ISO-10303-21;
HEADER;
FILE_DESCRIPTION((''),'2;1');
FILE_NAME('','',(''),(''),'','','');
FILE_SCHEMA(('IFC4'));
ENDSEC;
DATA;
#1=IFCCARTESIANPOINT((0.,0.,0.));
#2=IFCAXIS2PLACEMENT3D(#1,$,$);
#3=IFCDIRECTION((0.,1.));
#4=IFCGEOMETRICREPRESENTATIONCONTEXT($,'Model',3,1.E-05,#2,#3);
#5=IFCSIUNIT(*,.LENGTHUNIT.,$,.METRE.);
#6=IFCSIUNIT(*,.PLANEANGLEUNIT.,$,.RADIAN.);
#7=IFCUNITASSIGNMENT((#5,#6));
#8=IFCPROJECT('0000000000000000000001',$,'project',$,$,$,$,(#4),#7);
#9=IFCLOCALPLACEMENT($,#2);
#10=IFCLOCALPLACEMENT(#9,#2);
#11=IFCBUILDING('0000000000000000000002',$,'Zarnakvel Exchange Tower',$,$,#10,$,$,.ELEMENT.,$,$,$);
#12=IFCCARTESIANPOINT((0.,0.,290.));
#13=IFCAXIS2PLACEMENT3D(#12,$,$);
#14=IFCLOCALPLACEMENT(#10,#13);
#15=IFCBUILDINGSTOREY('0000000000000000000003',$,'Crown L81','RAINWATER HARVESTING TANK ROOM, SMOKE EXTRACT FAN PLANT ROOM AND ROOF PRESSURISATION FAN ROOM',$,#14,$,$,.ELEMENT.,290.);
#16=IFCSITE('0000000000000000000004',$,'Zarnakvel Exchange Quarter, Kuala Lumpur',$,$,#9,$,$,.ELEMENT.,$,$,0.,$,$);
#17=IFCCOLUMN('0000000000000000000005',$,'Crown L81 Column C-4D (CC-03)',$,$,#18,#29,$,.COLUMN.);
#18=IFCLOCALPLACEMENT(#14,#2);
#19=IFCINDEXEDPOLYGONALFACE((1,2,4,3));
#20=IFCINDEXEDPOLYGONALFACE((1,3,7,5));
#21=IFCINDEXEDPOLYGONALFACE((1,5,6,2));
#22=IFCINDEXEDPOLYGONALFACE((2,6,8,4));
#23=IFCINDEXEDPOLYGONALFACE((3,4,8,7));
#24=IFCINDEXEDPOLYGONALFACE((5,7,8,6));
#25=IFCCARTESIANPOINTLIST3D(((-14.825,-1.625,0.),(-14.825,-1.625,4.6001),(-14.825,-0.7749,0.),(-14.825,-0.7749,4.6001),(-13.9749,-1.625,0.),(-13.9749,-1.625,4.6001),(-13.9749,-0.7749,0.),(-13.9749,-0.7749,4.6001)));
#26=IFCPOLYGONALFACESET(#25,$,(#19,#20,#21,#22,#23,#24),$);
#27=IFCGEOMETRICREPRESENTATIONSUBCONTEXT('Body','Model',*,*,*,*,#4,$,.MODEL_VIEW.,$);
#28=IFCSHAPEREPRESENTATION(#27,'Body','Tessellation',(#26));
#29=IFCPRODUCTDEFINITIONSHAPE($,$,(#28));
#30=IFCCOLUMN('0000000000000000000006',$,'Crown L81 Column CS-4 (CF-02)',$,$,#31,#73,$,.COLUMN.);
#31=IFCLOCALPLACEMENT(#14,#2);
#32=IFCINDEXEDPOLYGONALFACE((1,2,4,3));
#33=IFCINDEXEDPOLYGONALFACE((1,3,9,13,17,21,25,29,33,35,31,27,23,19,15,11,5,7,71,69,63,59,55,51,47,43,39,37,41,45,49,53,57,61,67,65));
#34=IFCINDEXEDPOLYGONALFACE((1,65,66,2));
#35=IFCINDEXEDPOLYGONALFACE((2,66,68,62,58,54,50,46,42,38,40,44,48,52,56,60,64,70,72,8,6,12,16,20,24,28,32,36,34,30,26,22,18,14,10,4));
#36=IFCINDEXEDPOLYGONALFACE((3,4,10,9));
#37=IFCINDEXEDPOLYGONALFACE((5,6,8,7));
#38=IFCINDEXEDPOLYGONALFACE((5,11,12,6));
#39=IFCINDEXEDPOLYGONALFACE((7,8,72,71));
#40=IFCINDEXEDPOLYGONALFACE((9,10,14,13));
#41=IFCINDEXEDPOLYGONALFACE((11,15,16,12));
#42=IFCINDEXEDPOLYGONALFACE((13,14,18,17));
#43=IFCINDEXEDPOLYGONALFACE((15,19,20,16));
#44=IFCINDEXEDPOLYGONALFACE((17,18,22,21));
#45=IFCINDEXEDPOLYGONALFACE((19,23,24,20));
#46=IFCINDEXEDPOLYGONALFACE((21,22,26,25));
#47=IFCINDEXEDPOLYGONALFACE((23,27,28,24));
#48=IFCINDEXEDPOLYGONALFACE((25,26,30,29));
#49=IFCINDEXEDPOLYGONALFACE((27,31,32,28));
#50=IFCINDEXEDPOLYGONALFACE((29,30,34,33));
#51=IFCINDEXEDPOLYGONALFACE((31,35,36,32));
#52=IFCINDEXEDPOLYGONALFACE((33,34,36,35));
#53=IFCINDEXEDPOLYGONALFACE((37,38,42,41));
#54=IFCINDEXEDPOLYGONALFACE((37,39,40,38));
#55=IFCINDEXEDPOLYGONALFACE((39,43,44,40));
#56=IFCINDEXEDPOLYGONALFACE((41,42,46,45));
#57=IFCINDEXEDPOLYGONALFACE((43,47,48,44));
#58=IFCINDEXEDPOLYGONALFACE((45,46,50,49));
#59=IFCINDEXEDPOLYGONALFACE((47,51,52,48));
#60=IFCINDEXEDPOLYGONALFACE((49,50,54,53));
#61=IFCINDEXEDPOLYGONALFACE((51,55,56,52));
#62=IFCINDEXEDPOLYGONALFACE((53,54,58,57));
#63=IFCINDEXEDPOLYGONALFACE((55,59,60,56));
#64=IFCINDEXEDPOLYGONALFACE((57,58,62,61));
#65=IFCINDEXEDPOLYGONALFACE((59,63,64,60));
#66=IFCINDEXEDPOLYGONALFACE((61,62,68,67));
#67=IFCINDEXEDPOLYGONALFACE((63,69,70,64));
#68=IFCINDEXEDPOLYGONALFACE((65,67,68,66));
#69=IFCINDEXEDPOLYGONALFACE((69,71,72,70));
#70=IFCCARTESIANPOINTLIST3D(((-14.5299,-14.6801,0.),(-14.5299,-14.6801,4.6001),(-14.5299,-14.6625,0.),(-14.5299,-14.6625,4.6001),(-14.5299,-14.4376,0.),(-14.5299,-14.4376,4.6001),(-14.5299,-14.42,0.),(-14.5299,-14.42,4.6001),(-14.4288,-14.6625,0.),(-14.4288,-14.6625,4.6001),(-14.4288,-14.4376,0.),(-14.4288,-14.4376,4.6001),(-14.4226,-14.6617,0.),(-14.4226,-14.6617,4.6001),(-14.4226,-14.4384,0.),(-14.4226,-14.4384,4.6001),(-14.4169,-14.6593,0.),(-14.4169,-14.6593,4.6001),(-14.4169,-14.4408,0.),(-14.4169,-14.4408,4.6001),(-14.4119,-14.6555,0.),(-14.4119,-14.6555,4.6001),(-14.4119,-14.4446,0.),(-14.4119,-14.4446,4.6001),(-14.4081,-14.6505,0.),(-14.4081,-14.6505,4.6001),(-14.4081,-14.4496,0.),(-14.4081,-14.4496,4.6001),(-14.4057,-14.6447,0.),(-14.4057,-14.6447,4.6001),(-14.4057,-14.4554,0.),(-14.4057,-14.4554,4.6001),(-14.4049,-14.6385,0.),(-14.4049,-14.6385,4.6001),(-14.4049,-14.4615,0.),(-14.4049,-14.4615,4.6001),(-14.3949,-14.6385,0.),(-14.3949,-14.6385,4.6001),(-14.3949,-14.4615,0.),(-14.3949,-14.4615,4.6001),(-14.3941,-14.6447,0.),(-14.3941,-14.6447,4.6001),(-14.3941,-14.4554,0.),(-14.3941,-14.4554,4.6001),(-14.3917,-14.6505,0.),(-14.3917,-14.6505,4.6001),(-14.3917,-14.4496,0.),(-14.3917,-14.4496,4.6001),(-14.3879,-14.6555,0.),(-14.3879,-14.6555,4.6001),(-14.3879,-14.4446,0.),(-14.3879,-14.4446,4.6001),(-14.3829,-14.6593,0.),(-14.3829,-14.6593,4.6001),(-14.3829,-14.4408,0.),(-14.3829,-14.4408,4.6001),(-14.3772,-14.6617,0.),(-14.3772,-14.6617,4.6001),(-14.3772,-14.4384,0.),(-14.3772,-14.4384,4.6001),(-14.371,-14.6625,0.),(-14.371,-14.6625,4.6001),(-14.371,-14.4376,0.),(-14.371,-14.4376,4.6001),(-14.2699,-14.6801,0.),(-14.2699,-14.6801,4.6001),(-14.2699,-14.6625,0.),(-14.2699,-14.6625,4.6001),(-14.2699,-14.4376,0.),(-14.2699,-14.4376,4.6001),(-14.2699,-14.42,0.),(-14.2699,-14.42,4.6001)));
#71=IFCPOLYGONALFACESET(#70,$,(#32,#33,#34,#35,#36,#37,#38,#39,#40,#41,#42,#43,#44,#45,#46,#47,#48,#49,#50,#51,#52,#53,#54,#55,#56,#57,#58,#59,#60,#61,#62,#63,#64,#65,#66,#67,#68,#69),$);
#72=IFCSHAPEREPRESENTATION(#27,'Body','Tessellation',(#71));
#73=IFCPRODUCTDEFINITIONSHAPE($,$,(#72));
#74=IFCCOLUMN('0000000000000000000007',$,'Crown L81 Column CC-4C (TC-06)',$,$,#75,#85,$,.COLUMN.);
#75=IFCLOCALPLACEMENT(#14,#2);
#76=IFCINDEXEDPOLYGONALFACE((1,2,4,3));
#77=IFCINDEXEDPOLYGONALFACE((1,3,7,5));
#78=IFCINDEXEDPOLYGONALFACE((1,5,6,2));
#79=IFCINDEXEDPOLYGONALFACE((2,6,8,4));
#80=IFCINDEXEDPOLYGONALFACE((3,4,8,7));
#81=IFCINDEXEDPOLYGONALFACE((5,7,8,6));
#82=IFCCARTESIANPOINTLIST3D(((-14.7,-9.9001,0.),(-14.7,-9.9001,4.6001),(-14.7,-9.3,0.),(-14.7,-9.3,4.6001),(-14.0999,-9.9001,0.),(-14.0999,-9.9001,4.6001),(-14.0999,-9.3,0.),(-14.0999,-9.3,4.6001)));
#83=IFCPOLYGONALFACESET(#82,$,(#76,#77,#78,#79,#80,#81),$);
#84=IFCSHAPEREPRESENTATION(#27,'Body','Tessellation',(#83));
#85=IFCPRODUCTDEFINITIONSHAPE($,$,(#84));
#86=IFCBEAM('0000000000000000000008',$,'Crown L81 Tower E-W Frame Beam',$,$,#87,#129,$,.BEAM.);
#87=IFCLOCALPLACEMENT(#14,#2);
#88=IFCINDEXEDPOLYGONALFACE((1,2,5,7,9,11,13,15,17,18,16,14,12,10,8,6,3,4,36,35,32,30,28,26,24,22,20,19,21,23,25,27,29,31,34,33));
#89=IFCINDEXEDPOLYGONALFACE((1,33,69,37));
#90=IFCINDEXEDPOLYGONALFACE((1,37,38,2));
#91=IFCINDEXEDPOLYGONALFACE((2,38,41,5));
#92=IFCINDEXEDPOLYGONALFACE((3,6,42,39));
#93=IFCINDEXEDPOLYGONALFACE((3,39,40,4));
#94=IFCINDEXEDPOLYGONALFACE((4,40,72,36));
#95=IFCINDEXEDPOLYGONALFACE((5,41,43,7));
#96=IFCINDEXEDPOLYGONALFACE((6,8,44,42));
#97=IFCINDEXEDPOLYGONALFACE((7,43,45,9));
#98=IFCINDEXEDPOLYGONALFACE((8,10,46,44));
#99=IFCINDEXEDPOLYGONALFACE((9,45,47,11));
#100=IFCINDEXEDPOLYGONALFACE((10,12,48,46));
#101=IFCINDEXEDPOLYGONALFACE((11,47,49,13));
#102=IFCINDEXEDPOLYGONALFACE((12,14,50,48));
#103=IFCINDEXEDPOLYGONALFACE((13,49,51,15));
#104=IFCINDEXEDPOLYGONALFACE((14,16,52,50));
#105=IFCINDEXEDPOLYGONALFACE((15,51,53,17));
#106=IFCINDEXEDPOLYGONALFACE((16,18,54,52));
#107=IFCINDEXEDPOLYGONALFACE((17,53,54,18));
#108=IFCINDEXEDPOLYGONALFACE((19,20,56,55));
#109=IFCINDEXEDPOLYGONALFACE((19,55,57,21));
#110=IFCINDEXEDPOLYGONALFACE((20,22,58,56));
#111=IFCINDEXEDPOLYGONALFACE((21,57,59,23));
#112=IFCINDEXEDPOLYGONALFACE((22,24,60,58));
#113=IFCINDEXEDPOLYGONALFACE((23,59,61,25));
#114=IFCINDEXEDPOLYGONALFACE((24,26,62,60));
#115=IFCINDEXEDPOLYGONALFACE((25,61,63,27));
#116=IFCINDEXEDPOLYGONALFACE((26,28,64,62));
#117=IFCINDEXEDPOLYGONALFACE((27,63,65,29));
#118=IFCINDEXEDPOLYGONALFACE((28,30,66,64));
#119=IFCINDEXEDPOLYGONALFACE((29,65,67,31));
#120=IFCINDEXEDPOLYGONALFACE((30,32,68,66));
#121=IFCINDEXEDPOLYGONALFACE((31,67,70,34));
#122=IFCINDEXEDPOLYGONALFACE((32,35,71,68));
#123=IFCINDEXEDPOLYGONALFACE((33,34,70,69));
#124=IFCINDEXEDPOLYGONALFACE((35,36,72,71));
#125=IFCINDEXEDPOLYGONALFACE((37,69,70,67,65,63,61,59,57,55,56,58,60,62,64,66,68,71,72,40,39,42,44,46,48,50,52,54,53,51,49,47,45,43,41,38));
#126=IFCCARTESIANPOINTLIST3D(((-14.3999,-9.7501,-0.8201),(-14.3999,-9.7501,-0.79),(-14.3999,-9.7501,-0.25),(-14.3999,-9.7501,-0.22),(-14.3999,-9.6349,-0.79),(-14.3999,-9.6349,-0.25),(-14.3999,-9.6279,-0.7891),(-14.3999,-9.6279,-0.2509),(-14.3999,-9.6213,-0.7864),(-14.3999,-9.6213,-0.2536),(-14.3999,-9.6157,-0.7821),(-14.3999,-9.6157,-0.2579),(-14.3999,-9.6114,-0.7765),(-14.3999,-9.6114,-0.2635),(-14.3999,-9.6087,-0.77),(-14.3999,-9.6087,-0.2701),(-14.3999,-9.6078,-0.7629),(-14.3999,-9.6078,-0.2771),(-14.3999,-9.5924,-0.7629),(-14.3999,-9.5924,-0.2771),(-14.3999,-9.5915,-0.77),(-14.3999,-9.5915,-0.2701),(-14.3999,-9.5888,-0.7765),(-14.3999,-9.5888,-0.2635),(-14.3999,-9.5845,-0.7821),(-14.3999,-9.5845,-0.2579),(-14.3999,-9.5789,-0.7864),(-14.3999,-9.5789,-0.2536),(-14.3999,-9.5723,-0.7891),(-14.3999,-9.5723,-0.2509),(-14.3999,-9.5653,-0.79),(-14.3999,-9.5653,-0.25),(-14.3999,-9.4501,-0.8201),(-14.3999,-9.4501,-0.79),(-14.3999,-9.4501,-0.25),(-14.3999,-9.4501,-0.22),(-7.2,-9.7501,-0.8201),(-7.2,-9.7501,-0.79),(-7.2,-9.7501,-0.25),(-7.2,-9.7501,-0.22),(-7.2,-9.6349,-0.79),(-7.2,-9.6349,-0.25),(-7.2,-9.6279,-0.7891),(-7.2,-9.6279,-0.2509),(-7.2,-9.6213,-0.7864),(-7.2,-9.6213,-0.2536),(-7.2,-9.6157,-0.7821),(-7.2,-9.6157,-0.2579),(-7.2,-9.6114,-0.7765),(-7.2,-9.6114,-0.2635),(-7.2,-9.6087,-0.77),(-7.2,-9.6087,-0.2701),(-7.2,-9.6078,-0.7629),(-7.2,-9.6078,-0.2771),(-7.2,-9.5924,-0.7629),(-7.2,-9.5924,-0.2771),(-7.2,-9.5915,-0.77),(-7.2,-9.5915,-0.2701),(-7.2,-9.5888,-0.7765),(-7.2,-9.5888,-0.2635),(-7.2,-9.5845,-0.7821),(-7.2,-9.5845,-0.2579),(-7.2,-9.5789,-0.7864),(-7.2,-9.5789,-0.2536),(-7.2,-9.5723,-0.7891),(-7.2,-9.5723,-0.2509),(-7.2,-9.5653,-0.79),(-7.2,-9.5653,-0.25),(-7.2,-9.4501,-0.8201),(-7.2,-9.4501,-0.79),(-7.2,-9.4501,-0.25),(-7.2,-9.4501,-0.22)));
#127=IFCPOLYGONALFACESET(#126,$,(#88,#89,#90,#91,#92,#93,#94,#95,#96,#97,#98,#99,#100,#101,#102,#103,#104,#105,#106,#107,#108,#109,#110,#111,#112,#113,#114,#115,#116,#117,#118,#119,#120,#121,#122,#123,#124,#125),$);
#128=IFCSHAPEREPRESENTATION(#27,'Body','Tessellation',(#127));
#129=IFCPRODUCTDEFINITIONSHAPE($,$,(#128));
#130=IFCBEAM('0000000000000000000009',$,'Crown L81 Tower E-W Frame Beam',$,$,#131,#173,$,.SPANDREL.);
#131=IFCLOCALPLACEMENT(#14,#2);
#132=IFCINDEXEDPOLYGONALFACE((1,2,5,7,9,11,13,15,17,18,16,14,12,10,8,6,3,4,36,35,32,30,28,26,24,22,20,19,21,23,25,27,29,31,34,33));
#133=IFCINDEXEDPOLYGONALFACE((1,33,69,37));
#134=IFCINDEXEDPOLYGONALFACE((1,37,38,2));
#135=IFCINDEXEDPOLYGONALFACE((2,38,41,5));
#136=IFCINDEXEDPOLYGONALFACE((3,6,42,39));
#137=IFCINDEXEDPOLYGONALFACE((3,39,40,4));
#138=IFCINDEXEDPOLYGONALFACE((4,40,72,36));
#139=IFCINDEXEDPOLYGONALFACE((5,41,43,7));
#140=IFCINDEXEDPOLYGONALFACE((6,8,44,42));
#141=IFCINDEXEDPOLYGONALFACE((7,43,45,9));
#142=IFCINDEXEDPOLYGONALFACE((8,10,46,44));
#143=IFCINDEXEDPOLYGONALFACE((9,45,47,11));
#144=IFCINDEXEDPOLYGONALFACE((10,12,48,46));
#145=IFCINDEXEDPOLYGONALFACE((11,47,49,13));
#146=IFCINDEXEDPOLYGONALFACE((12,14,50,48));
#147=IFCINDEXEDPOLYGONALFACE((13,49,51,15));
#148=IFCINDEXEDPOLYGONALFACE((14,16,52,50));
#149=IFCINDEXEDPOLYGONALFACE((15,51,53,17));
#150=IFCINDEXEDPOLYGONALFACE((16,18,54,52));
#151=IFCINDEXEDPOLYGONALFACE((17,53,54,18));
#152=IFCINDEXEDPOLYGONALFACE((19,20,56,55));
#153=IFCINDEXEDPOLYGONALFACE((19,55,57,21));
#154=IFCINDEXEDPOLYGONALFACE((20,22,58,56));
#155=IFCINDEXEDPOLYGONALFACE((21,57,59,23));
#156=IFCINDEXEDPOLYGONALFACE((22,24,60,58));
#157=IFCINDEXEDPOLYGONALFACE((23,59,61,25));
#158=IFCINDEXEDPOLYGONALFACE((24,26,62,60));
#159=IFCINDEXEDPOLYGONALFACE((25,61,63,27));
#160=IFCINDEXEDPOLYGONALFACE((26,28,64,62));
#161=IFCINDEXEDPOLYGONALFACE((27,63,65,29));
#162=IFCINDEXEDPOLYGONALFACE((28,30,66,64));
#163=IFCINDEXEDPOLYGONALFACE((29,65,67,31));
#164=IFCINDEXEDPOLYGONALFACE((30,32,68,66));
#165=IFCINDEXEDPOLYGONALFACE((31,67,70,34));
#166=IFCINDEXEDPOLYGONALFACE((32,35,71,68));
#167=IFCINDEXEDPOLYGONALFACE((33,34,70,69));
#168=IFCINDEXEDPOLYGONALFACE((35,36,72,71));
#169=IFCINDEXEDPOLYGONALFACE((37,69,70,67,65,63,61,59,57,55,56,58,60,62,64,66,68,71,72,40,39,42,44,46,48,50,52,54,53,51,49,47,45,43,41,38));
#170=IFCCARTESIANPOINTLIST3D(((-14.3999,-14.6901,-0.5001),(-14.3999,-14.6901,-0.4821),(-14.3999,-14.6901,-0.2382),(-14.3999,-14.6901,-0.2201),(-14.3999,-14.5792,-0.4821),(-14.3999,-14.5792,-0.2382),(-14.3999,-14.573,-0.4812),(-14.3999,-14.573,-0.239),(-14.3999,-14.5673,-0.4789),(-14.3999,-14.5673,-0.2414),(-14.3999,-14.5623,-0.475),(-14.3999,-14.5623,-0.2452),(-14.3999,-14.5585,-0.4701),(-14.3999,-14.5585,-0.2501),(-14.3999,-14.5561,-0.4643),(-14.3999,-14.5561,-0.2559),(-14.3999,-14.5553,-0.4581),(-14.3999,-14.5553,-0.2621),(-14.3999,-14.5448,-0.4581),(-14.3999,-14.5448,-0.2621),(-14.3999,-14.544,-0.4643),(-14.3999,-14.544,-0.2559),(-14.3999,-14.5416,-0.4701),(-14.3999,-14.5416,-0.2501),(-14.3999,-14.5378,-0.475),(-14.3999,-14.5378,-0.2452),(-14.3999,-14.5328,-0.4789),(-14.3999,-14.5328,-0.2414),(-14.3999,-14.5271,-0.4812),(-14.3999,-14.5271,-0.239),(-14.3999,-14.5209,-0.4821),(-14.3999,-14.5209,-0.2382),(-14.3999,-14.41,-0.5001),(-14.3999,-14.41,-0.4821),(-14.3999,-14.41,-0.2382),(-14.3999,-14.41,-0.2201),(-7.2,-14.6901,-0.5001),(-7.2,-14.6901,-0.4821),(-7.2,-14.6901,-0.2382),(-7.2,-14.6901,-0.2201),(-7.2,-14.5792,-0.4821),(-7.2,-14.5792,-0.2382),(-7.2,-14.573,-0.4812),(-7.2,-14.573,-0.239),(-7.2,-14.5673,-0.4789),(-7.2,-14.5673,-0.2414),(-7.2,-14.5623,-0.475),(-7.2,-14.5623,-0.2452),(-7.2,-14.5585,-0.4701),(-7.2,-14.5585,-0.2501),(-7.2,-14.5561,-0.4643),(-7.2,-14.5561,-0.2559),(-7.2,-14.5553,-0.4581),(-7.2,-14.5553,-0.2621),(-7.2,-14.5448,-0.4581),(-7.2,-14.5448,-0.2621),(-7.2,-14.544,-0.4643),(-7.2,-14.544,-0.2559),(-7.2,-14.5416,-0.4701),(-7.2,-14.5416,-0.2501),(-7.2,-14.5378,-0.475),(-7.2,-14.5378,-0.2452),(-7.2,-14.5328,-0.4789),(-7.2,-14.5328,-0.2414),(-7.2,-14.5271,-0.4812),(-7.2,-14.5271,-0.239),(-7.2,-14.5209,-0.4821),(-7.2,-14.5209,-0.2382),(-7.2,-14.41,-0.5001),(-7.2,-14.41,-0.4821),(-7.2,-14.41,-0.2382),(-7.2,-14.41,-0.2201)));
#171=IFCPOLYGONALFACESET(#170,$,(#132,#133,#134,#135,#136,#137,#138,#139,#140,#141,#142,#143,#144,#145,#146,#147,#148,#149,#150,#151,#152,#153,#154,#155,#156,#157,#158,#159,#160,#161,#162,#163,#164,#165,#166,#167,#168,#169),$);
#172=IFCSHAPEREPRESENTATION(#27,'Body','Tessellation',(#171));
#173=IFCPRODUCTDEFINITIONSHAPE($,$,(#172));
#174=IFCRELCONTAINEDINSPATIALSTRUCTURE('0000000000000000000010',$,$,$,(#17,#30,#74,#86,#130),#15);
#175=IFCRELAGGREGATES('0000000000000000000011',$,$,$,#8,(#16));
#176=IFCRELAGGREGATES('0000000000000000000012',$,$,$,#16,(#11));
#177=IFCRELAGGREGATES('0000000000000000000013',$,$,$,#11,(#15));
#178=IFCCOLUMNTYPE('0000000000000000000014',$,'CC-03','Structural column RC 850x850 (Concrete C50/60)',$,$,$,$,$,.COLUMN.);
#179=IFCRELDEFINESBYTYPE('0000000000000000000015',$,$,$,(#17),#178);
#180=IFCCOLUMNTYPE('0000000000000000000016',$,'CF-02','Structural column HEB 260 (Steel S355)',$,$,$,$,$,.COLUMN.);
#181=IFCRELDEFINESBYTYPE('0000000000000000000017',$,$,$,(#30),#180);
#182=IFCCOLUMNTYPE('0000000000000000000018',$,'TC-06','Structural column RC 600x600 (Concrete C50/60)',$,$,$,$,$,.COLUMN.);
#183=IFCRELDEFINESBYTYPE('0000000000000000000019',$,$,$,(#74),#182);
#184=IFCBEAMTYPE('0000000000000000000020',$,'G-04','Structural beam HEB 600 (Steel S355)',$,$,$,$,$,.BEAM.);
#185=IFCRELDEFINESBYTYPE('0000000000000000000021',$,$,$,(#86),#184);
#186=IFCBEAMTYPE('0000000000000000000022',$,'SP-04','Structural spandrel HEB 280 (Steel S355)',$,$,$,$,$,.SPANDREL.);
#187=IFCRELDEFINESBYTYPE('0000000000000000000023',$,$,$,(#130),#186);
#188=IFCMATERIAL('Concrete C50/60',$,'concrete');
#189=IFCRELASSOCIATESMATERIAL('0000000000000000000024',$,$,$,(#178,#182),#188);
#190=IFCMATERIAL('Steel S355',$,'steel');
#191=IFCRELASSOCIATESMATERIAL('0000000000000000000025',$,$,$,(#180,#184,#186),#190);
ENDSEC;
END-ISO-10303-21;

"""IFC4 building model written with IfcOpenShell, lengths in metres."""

from ifc_helpers import new_model, si_unit, direction, frame, origin, origin_2d, place, context, subcontext, project, spatial, rectangle, i_section, extrude, material, material_profile, profile_set, type_object, element, save


model = new_model("IFC4")

# Units and contexts
model_context = context("Model", 3, precision=1e-05, world=origin(), true_north=direction((0.0, 1.0)))
body_context = subcontext(model_context, "Body", "Model", "MODEL_VIEW")
ifc_project = project(units=[si_unit("LENGTHUNIT", "METRE"), si_unit("PLANEANGLEUNIT", "RADIAN")], contexts=[model_context])

# Site, building, storey
site_placement = place(None, origin())
site = spatial("IfcSite", under=ifc_project, at=site_placement, Name="Zarnakvel Exchange Quarter, Kuala Lumpur", CompositionType="ELEMENT", RefElevation=0.0)
building_placement = place(site_placement, origin())
building = spatial("IfcBuilding", under=site, at=building_placement, Name="Zarnakvel Exchange Tower", CompositionType="ELEMENT")
storey_placement = place(building_placement, frame((0.0, 0.0, 290.0)))
storey = spatial("IfcBuildingStorey", under=building, at=storey_placement, Name="Crown L81", Description="RAINWATER HARVESTING TANK ROOM, SMOKE EXTRACT FAN PLANT ROOM AND ROOF PRESSURISATION FAN ROOM", CompositionType="ELEMENT", Elevation=290.0)

# Columns
ifc_material_1 = material(Name="Concrete C50/60", Category="concrete")
ifc_material_profile_1 = material_profile(ifc_material_1, rectangle(XDim=0.8501, YDim=0.8501, at=origin_2d()))
ifc_profile_set_1 = profile_set([ifc_material_profile_1], Name="Concrete C50/60")
column_type_1 = type_object("IfcColumnType", Name="CC-03", Description="Structural column RC 850x850 (Concrete C50/60)", PredefinedType="COLUMN", material=ifc_profile_set_1)
column_1_placement = place(storey_placement, frame((-14.3999, -1.2, 0.0), z_axis=(0.0, 0.0, 1.0), x_axis=(1.0, 0.0, 0.0)))
element("IfcColumn", 1, at=column_1_placement, inside=storey, type_object=column_type_1, Name="Crown L81 Column C-4D (CC-03)", PredefinedType="COLUMN", context=body_context, shape_type="SweptSolid", body=[
    extrude(rectangle(XDim=0.8501, YDim=0.8501, at=origin_2d()), origin(), (0.0, 0.0, 1.0), 4.6001),
])
ifc_material_2 = material(Name="Steel S355", Category="steel")
ifc_material_profile_2 = material_profile(ifc_material_2, i_section(OverallWidth=0.26, OverallDepth=0.26, WebThickness=0.01, FlangeThickness=0.0176, FilletRadius=0.0239, at=origin_2d()))
ifc_profile_set_2 = profile_set([ifc_material_profile_2], Name="Steel S355")
column_type_2 = type_object("IfcColumnType", Name="CF-02", Description="Structural column HEB 260 (Steel S355)", PredefinedType="COLUMN", material=ifc_profile_set_2)
column_2_placement = place(storey_placement, frame((-14.3999, -14.55, 0.0), z_axis=(0.0, 0.0, 1.0), x_axis=(1.0, 0.0, 0.0)))
element("IfcColumn", 2, at=column_2_placement, inside=storey, type_object=column_type_2, Name="Crown L81 Column CS-4 (CF-02)", PredefinedType="COLUMN", context=body_context, shape_type="SweptSolid", body=[
    extrude(i_section(OverallWidth=0.26, OverallDepth=0.26, WebThickness=0.01, FlangeThickness=0.0176, FilletRadius=0.0239, at=origin_2d()), origin(), (0.0, 0.0, 1.0), 4.6001),
])
ifc_material_profile_3 = material_profile(ifc_material_1, rectangle(XDim=0.6001, YDim=0.6001, at=origin_2d()))
ifc_profile_set_3 = profile_set([ifc_material_profile_3], Name="Concrete C50/60")
column_type_3 = type_object("IfcColumnType", Name="TC-06", Description="Structural column RC 600x600 (Concrete C50/60)", PredefinedType="COLUMN", material=ifc_profile_set_3)
column_3_placement = place(storey_placement, frame((-14.3999, -9.6001, 0.0), z_axis=(0.0, 0.0, 1.0), x_axis=(1.0, 0.0, 0.0)))
element("IfcColumn", 3, at=column_3_placement, inside=storey, type_object=column_type_3, Name="Crown L81 Column CC-4C (TC-06)", PredefinedType="COLUMN", context=body_context, shape_type="SweptSolid", body=[
    extrude(rectangle(XDim=0.6001, YDim=0.6001, at=origin_2d()), origin(), (0.0, 0.0, 1.0), 4.6001),
])

# Beams
ifc_material_profile_4 = material_profile(ifc_material_2, i_section(OverallWidth=0.3, OverallDepth=0.6001, WebThickness=0.0154, FlangeThickness=0.03, FilletRadius=0.0271, at=origin_2d()))
ifc_profile_set_4 = profile_set([ifc_material_profile_4], Name="Steel S355")
beam_type_1 = type_object("IfcBeamType", Name="G-04", Description="Structural beam HEB 600 (Steel S355)", PredefinedType="BEAM", material=ifc_profile_set_4)
beam_1_placement = place(storey_placement, frame((-14.3999, -9.6001, -0.52), z_axis=(1.0, 0.0, 0.0), x_axis=(0.0, 1.0, 0.0)))
element("IfcBeam", 4, at=beam_1_placement, inside=storey, type_object=beam_type_1, Name="Crown L81 Tower E-W Frame Beam", PredefinedType="BEAM", context=body_context, shape_type="SweptSolid", body=[
    extrude(i_section(OverallWidth=0.3, OverallDepth=0.6001, WebThickness=0.0154, FlangeThickness=0.03, FilletRadius=0.0271, at=origin_2d()), origin(), (0.0, 0.0, 1.0), 7.2),
])
ifc_material_profile_5 = material_profile(ifc_material_2, i_section(OverallWidth=0.28, OverallDepth=0.28, WebThickness=0.0105, FlangeThickness=0.0181, FilletRadius=0.0239, at=origin_2d()))
ifc_profile_set_5 = profile_set([ifc_material_profile_5], Name="Steel S355")
beam_type_2 = type_object("IfcBeamType", Name="SP-04", Description="Structural spandrel HEB 280 (Steel S355)", PredefinedType="SPANDREL", material=ifc_profile_set_5)
beam_2_placement = place(storey_placement, frame((-14.3999, -14.55, -0.3601), z_axis=(1.0, 0.0, 0.0), x_axis=(0.0, 1.0, 0.0)))
element("IfcBeam", 5, at=beam_2_placement, inside=storey, type_object=beam_type_2, Name="Crown L81 Tower E-W Frame Beam", PredefinedType="SPANDREL", context=body_context, shape_type="SweptSolid", body=[
    extrude(i_section(OverallWidth=0.28, OverallDepth=0.28, WebThickness=0.0105, FlangeThickness=0.0181, FilletRadius=0.0239, at=origin_2d()), origin(), (0.0, 0.0, 1.0), 7.2),
])

save(model, "model.ifc")
